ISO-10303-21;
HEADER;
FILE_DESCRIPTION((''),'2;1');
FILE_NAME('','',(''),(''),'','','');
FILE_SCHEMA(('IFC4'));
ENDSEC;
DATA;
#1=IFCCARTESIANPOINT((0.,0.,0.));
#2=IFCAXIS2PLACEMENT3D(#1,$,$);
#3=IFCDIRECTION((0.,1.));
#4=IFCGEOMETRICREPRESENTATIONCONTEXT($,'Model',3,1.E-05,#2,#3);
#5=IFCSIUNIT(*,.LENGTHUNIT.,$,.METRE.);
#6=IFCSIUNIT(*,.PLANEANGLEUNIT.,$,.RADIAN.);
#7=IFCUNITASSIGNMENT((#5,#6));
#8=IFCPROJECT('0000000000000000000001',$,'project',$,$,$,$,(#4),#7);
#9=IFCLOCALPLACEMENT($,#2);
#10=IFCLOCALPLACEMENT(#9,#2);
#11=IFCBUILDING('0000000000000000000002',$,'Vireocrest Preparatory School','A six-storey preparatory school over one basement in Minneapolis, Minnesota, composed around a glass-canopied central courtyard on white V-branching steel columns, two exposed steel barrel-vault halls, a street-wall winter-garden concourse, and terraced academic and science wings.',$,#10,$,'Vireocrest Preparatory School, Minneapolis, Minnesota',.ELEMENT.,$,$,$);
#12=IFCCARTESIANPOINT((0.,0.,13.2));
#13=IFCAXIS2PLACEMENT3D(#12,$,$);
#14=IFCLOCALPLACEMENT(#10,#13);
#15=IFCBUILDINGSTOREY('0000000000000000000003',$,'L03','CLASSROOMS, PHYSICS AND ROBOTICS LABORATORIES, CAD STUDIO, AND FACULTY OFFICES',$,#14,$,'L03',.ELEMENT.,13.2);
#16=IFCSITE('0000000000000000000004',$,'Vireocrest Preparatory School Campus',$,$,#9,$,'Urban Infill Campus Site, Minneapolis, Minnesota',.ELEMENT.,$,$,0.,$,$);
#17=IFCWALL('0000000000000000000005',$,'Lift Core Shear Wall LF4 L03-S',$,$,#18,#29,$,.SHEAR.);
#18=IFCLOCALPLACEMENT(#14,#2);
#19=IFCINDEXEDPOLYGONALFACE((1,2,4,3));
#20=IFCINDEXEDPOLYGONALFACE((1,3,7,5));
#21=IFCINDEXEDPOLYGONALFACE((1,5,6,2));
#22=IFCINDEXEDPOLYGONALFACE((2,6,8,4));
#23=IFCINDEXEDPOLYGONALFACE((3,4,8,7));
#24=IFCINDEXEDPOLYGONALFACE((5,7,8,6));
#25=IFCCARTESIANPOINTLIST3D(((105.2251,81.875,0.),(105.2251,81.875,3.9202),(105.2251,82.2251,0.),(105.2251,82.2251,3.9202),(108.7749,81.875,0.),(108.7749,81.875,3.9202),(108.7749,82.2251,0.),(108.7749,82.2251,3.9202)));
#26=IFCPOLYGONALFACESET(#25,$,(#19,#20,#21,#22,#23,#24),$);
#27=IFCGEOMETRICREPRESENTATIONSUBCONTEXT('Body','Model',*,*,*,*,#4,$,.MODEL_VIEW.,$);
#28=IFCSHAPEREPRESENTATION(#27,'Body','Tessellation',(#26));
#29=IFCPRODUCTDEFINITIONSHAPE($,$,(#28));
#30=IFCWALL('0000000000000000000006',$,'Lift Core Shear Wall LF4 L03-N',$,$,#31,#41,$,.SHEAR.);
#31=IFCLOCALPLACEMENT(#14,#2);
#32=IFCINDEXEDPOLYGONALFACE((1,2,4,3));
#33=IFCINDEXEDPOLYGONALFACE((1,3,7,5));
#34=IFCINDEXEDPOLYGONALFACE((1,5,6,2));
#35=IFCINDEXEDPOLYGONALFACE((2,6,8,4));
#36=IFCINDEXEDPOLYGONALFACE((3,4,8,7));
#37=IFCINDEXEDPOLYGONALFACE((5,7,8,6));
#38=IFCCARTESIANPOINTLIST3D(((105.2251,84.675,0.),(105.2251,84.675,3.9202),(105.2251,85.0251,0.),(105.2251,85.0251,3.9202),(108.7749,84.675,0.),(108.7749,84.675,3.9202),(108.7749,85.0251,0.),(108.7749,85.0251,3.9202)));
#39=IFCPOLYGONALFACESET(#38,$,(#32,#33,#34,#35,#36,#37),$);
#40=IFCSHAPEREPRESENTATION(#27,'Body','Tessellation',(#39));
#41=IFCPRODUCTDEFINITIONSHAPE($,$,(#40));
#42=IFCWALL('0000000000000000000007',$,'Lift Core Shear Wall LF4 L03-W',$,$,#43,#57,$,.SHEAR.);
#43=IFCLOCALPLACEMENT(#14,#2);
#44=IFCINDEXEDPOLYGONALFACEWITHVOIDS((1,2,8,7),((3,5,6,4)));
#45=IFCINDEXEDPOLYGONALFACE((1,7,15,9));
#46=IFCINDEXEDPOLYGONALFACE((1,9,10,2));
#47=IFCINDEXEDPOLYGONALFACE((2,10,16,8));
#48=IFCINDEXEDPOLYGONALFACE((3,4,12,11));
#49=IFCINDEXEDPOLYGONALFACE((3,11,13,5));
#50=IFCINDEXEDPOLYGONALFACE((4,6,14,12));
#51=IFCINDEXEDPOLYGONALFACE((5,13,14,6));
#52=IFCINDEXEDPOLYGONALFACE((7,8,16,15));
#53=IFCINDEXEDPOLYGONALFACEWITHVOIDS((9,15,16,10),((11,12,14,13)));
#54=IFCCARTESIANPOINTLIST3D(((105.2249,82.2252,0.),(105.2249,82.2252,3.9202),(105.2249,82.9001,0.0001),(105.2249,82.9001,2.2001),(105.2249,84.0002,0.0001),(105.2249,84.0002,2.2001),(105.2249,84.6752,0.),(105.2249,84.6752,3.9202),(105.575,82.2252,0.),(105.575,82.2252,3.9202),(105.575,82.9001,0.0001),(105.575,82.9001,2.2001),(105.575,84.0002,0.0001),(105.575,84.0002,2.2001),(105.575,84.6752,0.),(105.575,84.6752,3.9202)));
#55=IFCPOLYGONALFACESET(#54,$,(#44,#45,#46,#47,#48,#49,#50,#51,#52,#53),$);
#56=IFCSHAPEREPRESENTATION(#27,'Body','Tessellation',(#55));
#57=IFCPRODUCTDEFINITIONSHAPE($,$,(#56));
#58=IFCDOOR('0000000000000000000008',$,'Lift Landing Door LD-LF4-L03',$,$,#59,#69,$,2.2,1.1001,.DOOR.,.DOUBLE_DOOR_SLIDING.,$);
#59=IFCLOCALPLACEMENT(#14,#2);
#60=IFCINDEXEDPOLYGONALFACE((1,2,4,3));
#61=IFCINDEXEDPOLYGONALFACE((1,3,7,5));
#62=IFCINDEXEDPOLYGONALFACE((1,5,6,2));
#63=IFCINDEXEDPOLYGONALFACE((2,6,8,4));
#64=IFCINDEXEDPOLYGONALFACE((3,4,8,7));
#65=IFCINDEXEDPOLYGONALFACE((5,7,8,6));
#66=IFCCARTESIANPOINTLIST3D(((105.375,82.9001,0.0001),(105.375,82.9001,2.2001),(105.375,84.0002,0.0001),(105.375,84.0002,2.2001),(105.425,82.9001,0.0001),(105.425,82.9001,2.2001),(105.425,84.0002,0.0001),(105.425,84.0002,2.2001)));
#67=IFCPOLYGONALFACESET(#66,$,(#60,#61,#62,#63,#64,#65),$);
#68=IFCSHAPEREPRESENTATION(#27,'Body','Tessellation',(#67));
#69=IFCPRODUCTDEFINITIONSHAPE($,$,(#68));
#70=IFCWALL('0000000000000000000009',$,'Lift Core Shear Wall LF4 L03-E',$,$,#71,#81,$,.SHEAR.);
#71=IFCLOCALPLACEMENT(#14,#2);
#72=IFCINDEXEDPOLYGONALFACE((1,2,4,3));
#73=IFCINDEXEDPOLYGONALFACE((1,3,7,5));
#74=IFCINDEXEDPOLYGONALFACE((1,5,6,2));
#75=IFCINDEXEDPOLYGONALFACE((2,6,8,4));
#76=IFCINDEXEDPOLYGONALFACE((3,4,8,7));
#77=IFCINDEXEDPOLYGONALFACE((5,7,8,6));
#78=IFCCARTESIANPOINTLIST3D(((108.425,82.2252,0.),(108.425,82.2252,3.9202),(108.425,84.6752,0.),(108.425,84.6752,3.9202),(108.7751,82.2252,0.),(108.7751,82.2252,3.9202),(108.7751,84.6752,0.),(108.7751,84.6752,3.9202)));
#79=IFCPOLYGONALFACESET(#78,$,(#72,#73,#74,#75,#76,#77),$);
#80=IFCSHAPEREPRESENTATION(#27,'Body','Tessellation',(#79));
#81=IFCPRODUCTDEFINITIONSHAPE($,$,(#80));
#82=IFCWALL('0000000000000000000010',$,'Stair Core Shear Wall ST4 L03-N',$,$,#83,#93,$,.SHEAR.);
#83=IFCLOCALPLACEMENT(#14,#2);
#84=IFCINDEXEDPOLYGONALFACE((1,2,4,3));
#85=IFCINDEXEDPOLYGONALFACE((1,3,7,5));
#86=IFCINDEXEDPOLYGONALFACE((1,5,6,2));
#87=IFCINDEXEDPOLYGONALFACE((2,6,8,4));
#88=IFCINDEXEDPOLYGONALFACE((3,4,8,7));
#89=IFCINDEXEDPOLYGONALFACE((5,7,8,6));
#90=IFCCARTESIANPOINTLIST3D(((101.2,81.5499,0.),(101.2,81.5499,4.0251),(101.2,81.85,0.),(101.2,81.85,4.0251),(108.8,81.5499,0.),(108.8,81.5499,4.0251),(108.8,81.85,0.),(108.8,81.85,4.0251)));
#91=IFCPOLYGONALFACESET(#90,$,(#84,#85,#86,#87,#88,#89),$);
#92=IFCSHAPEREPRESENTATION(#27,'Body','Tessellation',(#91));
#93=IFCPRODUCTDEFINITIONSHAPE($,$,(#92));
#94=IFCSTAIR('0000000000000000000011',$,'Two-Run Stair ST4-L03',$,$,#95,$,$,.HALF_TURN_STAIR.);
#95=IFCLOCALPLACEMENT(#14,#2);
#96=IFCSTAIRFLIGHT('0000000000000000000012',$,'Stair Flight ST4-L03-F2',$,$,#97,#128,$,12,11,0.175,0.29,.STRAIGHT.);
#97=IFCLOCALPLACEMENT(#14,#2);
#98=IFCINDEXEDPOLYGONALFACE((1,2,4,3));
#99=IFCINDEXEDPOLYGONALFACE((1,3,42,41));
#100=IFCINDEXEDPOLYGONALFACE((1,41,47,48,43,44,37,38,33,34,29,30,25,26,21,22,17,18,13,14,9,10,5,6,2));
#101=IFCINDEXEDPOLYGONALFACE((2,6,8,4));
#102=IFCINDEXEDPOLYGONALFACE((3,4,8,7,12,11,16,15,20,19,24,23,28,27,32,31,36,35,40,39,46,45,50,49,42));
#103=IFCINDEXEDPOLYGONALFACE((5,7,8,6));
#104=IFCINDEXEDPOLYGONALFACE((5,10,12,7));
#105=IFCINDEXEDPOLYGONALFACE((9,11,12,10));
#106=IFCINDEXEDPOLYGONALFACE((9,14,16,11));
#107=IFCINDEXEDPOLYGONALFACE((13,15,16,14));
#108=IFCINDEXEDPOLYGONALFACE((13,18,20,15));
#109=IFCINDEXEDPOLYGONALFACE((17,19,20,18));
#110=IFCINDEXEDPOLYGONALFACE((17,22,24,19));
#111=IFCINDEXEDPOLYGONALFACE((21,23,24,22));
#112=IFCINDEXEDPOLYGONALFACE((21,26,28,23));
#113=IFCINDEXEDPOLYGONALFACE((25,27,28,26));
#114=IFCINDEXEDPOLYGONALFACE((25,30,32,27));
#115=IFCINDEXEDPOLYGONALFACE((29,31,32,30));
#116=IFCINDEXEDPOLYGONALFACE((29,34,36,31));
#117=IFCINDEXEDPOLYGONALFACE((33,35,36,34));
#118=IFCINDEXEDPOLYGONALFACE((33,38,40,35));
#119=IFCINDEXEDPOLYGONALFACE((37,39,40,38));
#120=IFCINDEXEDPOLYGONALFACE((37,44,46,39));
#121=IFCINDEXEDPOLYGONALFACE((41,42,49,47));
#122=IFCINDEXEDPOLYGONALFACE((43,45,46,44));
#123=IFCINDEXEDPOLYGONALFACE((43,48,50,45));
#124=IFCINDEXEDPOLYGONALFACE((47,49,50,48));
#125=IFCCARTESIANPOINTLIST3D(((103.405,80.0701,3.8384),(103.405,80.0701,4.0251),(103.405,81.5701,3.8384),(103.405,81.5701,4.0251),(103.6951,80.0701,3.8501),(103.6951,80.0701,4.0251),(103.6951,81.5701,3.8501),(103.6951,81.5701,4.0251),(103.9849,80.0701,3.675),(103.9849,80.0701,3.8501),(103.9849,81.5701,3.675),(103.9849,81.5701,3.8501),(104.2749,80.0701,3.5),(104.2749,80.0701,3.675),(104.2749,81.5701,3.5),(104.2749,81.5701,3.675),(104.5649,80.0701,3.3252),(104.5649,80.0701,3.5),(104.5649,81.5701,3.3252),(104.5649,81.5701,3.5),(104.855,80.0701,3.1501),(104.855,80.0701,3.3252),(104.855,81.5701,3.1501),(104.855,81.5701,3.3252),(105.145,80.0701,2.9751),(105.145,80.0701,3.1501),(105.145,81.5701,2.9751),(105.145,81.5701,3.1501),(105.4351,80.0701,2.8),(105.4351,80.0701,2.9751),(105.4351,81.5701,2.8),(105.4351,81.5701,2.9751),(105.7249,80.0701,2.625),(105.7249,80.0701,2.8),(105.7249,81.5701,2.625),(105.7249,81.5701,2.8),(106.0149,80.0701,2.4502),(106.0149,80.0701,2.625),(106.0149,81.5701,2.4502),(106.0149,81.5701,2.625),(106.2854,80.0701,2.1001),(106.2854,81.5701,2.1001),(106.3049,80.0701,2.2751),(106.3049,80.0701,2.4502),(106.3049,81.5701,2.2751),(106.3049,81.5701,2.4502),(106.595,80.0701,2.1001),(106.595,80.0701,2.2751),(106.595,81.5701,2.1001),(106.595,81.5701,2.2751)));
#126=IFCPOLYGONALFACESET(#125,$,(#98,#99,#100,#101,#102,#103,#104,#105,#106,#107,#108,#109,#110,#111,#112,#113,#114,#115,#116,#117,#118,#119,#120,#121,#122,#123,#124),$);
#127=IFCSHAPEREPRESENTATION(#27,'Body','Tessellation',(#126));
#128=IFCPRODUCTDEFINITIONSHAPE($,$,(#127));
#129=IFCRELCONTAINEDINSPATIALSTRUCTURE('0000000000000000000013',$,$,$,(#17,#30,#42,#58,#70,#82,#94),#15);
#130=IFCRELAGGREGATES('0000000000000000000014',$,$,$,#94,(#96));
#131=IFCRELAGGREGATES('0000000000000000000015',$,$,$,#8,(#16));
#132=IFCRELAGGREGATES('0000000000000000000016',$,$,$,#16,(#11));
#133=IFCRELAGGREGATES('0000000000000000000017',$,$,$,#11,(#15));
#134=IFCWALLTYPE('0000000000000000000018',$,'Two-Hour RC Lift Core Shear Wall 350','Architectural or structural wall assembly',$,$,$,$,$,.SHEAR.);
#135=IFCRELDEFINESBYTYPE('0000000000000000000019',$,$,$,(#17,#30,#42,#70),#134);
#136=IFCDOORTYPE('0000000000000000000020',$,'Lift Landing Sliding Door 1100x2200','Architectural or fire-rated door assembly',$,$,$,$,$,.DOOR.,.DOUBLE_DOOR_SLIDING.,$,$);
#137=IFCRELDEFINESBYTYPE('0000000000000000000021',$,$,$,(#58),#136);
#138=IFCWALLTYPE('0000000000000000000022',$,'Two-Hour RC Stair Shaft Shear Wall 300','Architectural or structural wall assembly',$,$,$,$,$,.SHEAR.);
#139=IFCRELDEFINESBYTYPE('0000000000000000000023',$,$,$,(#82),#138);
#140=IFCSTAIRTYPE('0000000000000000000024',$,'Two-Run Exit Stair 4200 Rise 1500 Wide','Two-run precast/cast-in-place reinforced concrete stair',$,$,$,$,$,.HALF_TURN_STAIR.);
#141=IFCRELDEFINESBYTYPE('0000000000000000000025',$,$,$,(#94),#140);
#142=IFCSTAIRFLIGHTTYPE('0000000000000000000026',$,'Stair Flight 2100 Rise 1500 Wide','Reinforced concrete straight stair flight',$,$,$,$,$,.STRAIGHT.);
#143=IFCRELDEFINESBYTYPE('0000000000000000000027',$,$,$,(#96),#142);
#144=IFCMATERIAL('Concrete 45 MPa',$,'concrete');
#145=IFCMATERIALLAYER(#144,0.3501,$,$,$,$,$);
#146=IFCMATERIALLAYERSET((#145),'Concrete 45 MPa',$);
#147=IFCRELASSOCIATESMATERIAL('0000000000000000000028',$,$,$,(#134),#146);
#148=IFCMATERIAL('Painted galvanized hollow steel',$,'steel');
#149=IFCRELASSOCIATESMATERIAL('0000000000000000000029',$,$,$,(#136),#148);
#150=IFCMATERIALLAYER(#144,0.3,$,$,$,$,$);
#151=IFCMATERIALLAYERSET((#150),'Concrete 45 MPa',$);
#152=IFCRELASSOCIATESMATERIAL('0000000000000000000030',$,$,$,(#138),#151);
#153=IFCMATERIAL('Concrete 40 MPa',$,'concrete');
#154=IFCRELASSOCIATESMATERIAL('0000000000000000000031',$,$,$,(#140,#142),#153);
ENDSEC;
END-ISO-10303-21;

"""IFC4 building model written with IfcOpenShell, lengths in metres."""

from ifc_helpers import new_model, si_unit, direction, frame, frame_2d, origin, place, context, subcontext, project, spatial, polyline, rectangle, outline, extrude, material, layer, layer_set, type_object, element, fill, aggregate, save


model = new_model("IFC4")

# Units and contexts
model_context = context("Model", 3, precision=1e-05, world=origin(), true_north=direction((0.0, 1.0)))
body_context = subcontext(model_context, "Body", "Model", "MODEL_VIEW")
ifc_project = project(units=[si_unit("LENGTHUNIT", "METRE"), si_unit("PLANEANGLEUNIT", "RADIAN")], contexts=[model_context])

# Site, building, storey
site_placement = place(None, origin())
site = spatial("IfcSite", under=ifc_project, at=site_placement, Name="Vireocrest Preparatory School Campus", LongName="Urban Infill Campus Site, Minneapolis, Minnesota", CompositionType="ELEMENT", RefElevation=0.0)
building_placement = place(site_placement, origin())
building = spatial("IfcBuilding", under=site, at=building_placement, Name="Vireocrest Preparatory School", Description="A six-storey preparatory school over one basement in Minneapolis, Minnesota, composed around a glass-canopied central courtyard on white V-branching steel columns, two exposed steel barrel-vault halls, a street-wall winter-garden concourse, and terraced academic and science wings.", LongName="Vireocrest Preparatory School, Minneapolis, Minnesota", CompositionType="ELEMENT")
storey_placement = place(building_placement, frame((0.0, 0.0, 13.2)))
storey = spatial("IfcBuildingStorey", under=building, at=storey_placement, Name="L03", Description="CLASSROOMS, PHYSICS AND ROBOTICS LABORATORIES, CAD STUDIO, AND FACULTY OFFICES", LongName="L03", CompositionType="ELEMENT", Elevation=13.2)

# Shared definitions
ifc_material_1 = material(Name="Concrete 45 MPa", Category="concrete")

# Shared definitions
ifc_material_2 = material(Name="Concrete 40 MPa", Category="concrete")

# Walls
ifc_layer_1 = layer(ifc_material_1, 0.3501)
ifc_layer_set_1 = layer_set([ifc_layer_1], Name="Concrete 45 MPa")
wall_type_1 = type_object("IfcWallType", Name="Two-Hour RC Lift Core Shear Wall 350", Description="Architectural or structural wall assembly", PredefinedType="SHEAR", material=ifc_layer_set_1)
for number, where, z_axis, x_axis, name in (
    (1, (105.2251, 82.05, 0.0), (0.0, 0.0, 1.0), (1.0, 0.0, 0.0), "Lift Core Shear Wall LF4 L03-S"),
    (2, (105.2251, 84.8501, 0.0), (0.0, 0.0, 1.0), (1.0, 0.0, 0.0), "Lift Core Shear Wall LF4 L03-N"),
):
    element("IfcWall", number, at=place(storey_placement, frame(where, z_axis=z_axis, x_axis=x_axis)), inside=storey, type_object=wall_type_1, Name=name, PredefinedType="SHEAR", context=body_context, shape_type="SweptSolid", body=[
        extrude(rectangle(XDim=3.5498, YDim=0.3501, at=frame_2d((1.7749, 0.0))), origin(), (0.0, 0.0, 1.0), 3.9202),
    ])

# Wall, opening, door
wall_1_placement = place(storey_placement, frame((105.3999, 82.2251, 0.0), z_axis=(0.0, 0.0, 1.0), x_axis=(0.0, 1.0, 0.0)))
wall_1 = element("IfcWall", 3, at=wall_1_placement, inside=storey, type_object=wall_type_1, Name="Lift Core Shear Wall LF4 L03-W", PredefinedType="SHEAR", context=body_context, shape_type="SweptSolid", body=[
    extrude(rectangle(XDim=2.45, YDim=0.3501, at=frame_2d((1.2251, 0.0))), origin(), (0.0, 0.0, 1.0), 3.9202),
])
opening_1_placement = place(wall_1_placement, frame((0.675, 0.0, 0.0)))
opening_1 = element("IfcOpeningElement", 4, at=opening_1_placement, cuts=wall_1, PredefinedType="OPENING", context=body_context, shape_type="SweptSolid", body=[
    extrude(rectangle(XDim=1.1001, YDim=2.2, at=frame_2d((0.55, 1.1001))), frame((0.0, 0.1851, 0.0), z_axis=(0.0, -1.0, 0.0), x_axis=(1.0, 0.0, 0.0)), (0.0, 0.0, 1.0), 0.3701),
])
ifc_material_3 = material(Name="Painted galvanized hollow steel", Category="steel")
door_type_1 = type_object("IfcDoorType", Name="Lift Landing Sliding Door 1100x2200", Description="Architectural or fire-rated door assembly", OperationType="DOUBLE_DOOR_SLIDING", PredefinedType="DOOR", material=ifc_material_3)
door_1_placement = place(opening_1_placement, origin())
door_1 = element("IfcDoor", 5, at=door_1_placement, inside=storey, type_object=door_type_1, Name="Lift Landing Door LD-LF4-L03", OperationType="DOUBLE_DOOR_SLIDING", OverallHeight=2.2, OverallWidth=1.1001, PredefinedType="DOOR", context=body_context, shape_type="SweptSolid", body=[
    extrude(rectangle(XDim=1.1001, YDim=2.2, at=frame_2d((0.55, 1.1001))), frame((0.0, 0.0249, 0.0), z_axis=(0.0, -1.0, 0.0), x_axis=(1.0, 0.0, 0.0)), (0.0, 0.0, 1.0), 0.05),
])
fill(opening_1, door_1)

# Walls
wall_2_placement = place(storey_placement, frame((108.6001, 82.2251, 0.0), z_axis=(0.0, 0.0, 1.0), x_axis=(0.0, 1.0, 0.0)))
element("IfcWall", 6, at=wall_2_placement, inside=storey, type_object=wall_type_1, Name="Lift Core Shear Wall LF4 L03-E", PredefinedType="SHEAR", context=body_context, shape_type="SweptSolid", body=[
    extrude(rectangle(XDim=2.45, YDim=0.3501, at=frame_2d((1.2251, 0.0))), origin(), (0.0, 0.0, 1.0), 3.9202),
])
ifc_layer_2 = layer(ifc_material_1, 0.3)
ifc_layer_set_2 = layer_set([ifc_layer_2], Name="Concrete 45 MPa")
wall_type_2 = type_object("IfcWallType", Name="Two-Hour RC Stair Shaft Shear Wall 300", Description="Architectural or structural wall assembly", PredefinedType="SHEAR", material=ifc_layer_set_2)
wall_3_placement = place(storey_placement, frame((101.2, 81.7, 0.0), z_axis=(0.0, 0.0, 1.0), x_axis=(1.0, 0.0, 0.0)))
element("IfcWall", 7, at=wall_3_placement, inside=storey, type_object=wall_type_2, Name="Stair Core Shear Wall ST4 L03-N", PredefinedType="SHEAR", context=body_context, shape_type="SweptSolid", body=[
    extrude(rectangle(XDim=7.6001, YDim=0.3, at=frame_2d((3.8, 0.0))), origin(), (0.0, 0.0, 1.0), 4.0251),
])

# Stair, stair flight
stair_type = type_object("IfcStairType", Name="Two-Run Exit Stair 4200 Rise 1500 Wide", Description="Two-run precast/cast-in-place reinforced concrete stair", PredefinedType="HALF_TURN_STAIR", material=ifc_material_2)
stair_placement = place(storey_placement, origin())
stair = element("IfcStair", 8, at=stair_placement, inside=storey, type_object=stair_type, Name="Two-Run Stair ST4-L03", PredefinedType="HALF_TURN_STAIR")
stair_flight_type = type_object("IfcStairFlightType", Name="Stair Flight 2100 Rise 1500 Wide", Description="Reinforced concrete straight stair flight", PredefinedType="STRAIGHT", material=ifc_material_2)
stair_flight_placement = place(storey_placement, frame((106.595, 80.8201, 2.1001), z_axis=(0.0, 0.0, 1.0), x_axis=(-1.0, 0.0, 0.0)))
stair_flight = element("IfcStairFlight", 9, at=stair_flight_placement, type_object=stair_flight_type, Name="Stair Flight ST4-L03-F2", NumberOfRisers=12, NumberOfTreads=11, PredefinedType="STRAIGHT", RiserHeight=0.175, TreadLength=0.29, context=body_context, shape_type="SweptSolid", body=[
    extrude(outline(polyline([(0.0, 0.0), (0.0, 0.175), (0.29, 0.175), (0.29, 0.3501), (0.5801, 0.3501), (0.5801, 0.5249), (0.8701, 0.5249), (0.8701, 0.7), (1.1599, 0.7), (1.1599, 0.875), (1.45, 0.875), (1.45, 1.05), (1.74, 1.05), (1.74, 1.2251), (2.03, 1.2251), (2.03, 1.3999), (2.3201, 1.3999), (2.3201, 1.575), (2.6101, 1.575), (2.6101, 1.75), (2.8999, 1.75), (2.8999, 1.925), (3.1899, 1.925), (3.1899, 2.1001), (3.1899, 1.7383), (0.3096, 0.0), (0.0, 0.0)])), frame((0.0, 0.75, 0.0), z_axis=(0.0, -1.0, 0.0), x_axis=(1.0, 0.0, 0.0)), (0.0, 0.0, 1.0), 1.5),
])
aggregate(stair, [stair_flight])

save(model, "model.ifc")
